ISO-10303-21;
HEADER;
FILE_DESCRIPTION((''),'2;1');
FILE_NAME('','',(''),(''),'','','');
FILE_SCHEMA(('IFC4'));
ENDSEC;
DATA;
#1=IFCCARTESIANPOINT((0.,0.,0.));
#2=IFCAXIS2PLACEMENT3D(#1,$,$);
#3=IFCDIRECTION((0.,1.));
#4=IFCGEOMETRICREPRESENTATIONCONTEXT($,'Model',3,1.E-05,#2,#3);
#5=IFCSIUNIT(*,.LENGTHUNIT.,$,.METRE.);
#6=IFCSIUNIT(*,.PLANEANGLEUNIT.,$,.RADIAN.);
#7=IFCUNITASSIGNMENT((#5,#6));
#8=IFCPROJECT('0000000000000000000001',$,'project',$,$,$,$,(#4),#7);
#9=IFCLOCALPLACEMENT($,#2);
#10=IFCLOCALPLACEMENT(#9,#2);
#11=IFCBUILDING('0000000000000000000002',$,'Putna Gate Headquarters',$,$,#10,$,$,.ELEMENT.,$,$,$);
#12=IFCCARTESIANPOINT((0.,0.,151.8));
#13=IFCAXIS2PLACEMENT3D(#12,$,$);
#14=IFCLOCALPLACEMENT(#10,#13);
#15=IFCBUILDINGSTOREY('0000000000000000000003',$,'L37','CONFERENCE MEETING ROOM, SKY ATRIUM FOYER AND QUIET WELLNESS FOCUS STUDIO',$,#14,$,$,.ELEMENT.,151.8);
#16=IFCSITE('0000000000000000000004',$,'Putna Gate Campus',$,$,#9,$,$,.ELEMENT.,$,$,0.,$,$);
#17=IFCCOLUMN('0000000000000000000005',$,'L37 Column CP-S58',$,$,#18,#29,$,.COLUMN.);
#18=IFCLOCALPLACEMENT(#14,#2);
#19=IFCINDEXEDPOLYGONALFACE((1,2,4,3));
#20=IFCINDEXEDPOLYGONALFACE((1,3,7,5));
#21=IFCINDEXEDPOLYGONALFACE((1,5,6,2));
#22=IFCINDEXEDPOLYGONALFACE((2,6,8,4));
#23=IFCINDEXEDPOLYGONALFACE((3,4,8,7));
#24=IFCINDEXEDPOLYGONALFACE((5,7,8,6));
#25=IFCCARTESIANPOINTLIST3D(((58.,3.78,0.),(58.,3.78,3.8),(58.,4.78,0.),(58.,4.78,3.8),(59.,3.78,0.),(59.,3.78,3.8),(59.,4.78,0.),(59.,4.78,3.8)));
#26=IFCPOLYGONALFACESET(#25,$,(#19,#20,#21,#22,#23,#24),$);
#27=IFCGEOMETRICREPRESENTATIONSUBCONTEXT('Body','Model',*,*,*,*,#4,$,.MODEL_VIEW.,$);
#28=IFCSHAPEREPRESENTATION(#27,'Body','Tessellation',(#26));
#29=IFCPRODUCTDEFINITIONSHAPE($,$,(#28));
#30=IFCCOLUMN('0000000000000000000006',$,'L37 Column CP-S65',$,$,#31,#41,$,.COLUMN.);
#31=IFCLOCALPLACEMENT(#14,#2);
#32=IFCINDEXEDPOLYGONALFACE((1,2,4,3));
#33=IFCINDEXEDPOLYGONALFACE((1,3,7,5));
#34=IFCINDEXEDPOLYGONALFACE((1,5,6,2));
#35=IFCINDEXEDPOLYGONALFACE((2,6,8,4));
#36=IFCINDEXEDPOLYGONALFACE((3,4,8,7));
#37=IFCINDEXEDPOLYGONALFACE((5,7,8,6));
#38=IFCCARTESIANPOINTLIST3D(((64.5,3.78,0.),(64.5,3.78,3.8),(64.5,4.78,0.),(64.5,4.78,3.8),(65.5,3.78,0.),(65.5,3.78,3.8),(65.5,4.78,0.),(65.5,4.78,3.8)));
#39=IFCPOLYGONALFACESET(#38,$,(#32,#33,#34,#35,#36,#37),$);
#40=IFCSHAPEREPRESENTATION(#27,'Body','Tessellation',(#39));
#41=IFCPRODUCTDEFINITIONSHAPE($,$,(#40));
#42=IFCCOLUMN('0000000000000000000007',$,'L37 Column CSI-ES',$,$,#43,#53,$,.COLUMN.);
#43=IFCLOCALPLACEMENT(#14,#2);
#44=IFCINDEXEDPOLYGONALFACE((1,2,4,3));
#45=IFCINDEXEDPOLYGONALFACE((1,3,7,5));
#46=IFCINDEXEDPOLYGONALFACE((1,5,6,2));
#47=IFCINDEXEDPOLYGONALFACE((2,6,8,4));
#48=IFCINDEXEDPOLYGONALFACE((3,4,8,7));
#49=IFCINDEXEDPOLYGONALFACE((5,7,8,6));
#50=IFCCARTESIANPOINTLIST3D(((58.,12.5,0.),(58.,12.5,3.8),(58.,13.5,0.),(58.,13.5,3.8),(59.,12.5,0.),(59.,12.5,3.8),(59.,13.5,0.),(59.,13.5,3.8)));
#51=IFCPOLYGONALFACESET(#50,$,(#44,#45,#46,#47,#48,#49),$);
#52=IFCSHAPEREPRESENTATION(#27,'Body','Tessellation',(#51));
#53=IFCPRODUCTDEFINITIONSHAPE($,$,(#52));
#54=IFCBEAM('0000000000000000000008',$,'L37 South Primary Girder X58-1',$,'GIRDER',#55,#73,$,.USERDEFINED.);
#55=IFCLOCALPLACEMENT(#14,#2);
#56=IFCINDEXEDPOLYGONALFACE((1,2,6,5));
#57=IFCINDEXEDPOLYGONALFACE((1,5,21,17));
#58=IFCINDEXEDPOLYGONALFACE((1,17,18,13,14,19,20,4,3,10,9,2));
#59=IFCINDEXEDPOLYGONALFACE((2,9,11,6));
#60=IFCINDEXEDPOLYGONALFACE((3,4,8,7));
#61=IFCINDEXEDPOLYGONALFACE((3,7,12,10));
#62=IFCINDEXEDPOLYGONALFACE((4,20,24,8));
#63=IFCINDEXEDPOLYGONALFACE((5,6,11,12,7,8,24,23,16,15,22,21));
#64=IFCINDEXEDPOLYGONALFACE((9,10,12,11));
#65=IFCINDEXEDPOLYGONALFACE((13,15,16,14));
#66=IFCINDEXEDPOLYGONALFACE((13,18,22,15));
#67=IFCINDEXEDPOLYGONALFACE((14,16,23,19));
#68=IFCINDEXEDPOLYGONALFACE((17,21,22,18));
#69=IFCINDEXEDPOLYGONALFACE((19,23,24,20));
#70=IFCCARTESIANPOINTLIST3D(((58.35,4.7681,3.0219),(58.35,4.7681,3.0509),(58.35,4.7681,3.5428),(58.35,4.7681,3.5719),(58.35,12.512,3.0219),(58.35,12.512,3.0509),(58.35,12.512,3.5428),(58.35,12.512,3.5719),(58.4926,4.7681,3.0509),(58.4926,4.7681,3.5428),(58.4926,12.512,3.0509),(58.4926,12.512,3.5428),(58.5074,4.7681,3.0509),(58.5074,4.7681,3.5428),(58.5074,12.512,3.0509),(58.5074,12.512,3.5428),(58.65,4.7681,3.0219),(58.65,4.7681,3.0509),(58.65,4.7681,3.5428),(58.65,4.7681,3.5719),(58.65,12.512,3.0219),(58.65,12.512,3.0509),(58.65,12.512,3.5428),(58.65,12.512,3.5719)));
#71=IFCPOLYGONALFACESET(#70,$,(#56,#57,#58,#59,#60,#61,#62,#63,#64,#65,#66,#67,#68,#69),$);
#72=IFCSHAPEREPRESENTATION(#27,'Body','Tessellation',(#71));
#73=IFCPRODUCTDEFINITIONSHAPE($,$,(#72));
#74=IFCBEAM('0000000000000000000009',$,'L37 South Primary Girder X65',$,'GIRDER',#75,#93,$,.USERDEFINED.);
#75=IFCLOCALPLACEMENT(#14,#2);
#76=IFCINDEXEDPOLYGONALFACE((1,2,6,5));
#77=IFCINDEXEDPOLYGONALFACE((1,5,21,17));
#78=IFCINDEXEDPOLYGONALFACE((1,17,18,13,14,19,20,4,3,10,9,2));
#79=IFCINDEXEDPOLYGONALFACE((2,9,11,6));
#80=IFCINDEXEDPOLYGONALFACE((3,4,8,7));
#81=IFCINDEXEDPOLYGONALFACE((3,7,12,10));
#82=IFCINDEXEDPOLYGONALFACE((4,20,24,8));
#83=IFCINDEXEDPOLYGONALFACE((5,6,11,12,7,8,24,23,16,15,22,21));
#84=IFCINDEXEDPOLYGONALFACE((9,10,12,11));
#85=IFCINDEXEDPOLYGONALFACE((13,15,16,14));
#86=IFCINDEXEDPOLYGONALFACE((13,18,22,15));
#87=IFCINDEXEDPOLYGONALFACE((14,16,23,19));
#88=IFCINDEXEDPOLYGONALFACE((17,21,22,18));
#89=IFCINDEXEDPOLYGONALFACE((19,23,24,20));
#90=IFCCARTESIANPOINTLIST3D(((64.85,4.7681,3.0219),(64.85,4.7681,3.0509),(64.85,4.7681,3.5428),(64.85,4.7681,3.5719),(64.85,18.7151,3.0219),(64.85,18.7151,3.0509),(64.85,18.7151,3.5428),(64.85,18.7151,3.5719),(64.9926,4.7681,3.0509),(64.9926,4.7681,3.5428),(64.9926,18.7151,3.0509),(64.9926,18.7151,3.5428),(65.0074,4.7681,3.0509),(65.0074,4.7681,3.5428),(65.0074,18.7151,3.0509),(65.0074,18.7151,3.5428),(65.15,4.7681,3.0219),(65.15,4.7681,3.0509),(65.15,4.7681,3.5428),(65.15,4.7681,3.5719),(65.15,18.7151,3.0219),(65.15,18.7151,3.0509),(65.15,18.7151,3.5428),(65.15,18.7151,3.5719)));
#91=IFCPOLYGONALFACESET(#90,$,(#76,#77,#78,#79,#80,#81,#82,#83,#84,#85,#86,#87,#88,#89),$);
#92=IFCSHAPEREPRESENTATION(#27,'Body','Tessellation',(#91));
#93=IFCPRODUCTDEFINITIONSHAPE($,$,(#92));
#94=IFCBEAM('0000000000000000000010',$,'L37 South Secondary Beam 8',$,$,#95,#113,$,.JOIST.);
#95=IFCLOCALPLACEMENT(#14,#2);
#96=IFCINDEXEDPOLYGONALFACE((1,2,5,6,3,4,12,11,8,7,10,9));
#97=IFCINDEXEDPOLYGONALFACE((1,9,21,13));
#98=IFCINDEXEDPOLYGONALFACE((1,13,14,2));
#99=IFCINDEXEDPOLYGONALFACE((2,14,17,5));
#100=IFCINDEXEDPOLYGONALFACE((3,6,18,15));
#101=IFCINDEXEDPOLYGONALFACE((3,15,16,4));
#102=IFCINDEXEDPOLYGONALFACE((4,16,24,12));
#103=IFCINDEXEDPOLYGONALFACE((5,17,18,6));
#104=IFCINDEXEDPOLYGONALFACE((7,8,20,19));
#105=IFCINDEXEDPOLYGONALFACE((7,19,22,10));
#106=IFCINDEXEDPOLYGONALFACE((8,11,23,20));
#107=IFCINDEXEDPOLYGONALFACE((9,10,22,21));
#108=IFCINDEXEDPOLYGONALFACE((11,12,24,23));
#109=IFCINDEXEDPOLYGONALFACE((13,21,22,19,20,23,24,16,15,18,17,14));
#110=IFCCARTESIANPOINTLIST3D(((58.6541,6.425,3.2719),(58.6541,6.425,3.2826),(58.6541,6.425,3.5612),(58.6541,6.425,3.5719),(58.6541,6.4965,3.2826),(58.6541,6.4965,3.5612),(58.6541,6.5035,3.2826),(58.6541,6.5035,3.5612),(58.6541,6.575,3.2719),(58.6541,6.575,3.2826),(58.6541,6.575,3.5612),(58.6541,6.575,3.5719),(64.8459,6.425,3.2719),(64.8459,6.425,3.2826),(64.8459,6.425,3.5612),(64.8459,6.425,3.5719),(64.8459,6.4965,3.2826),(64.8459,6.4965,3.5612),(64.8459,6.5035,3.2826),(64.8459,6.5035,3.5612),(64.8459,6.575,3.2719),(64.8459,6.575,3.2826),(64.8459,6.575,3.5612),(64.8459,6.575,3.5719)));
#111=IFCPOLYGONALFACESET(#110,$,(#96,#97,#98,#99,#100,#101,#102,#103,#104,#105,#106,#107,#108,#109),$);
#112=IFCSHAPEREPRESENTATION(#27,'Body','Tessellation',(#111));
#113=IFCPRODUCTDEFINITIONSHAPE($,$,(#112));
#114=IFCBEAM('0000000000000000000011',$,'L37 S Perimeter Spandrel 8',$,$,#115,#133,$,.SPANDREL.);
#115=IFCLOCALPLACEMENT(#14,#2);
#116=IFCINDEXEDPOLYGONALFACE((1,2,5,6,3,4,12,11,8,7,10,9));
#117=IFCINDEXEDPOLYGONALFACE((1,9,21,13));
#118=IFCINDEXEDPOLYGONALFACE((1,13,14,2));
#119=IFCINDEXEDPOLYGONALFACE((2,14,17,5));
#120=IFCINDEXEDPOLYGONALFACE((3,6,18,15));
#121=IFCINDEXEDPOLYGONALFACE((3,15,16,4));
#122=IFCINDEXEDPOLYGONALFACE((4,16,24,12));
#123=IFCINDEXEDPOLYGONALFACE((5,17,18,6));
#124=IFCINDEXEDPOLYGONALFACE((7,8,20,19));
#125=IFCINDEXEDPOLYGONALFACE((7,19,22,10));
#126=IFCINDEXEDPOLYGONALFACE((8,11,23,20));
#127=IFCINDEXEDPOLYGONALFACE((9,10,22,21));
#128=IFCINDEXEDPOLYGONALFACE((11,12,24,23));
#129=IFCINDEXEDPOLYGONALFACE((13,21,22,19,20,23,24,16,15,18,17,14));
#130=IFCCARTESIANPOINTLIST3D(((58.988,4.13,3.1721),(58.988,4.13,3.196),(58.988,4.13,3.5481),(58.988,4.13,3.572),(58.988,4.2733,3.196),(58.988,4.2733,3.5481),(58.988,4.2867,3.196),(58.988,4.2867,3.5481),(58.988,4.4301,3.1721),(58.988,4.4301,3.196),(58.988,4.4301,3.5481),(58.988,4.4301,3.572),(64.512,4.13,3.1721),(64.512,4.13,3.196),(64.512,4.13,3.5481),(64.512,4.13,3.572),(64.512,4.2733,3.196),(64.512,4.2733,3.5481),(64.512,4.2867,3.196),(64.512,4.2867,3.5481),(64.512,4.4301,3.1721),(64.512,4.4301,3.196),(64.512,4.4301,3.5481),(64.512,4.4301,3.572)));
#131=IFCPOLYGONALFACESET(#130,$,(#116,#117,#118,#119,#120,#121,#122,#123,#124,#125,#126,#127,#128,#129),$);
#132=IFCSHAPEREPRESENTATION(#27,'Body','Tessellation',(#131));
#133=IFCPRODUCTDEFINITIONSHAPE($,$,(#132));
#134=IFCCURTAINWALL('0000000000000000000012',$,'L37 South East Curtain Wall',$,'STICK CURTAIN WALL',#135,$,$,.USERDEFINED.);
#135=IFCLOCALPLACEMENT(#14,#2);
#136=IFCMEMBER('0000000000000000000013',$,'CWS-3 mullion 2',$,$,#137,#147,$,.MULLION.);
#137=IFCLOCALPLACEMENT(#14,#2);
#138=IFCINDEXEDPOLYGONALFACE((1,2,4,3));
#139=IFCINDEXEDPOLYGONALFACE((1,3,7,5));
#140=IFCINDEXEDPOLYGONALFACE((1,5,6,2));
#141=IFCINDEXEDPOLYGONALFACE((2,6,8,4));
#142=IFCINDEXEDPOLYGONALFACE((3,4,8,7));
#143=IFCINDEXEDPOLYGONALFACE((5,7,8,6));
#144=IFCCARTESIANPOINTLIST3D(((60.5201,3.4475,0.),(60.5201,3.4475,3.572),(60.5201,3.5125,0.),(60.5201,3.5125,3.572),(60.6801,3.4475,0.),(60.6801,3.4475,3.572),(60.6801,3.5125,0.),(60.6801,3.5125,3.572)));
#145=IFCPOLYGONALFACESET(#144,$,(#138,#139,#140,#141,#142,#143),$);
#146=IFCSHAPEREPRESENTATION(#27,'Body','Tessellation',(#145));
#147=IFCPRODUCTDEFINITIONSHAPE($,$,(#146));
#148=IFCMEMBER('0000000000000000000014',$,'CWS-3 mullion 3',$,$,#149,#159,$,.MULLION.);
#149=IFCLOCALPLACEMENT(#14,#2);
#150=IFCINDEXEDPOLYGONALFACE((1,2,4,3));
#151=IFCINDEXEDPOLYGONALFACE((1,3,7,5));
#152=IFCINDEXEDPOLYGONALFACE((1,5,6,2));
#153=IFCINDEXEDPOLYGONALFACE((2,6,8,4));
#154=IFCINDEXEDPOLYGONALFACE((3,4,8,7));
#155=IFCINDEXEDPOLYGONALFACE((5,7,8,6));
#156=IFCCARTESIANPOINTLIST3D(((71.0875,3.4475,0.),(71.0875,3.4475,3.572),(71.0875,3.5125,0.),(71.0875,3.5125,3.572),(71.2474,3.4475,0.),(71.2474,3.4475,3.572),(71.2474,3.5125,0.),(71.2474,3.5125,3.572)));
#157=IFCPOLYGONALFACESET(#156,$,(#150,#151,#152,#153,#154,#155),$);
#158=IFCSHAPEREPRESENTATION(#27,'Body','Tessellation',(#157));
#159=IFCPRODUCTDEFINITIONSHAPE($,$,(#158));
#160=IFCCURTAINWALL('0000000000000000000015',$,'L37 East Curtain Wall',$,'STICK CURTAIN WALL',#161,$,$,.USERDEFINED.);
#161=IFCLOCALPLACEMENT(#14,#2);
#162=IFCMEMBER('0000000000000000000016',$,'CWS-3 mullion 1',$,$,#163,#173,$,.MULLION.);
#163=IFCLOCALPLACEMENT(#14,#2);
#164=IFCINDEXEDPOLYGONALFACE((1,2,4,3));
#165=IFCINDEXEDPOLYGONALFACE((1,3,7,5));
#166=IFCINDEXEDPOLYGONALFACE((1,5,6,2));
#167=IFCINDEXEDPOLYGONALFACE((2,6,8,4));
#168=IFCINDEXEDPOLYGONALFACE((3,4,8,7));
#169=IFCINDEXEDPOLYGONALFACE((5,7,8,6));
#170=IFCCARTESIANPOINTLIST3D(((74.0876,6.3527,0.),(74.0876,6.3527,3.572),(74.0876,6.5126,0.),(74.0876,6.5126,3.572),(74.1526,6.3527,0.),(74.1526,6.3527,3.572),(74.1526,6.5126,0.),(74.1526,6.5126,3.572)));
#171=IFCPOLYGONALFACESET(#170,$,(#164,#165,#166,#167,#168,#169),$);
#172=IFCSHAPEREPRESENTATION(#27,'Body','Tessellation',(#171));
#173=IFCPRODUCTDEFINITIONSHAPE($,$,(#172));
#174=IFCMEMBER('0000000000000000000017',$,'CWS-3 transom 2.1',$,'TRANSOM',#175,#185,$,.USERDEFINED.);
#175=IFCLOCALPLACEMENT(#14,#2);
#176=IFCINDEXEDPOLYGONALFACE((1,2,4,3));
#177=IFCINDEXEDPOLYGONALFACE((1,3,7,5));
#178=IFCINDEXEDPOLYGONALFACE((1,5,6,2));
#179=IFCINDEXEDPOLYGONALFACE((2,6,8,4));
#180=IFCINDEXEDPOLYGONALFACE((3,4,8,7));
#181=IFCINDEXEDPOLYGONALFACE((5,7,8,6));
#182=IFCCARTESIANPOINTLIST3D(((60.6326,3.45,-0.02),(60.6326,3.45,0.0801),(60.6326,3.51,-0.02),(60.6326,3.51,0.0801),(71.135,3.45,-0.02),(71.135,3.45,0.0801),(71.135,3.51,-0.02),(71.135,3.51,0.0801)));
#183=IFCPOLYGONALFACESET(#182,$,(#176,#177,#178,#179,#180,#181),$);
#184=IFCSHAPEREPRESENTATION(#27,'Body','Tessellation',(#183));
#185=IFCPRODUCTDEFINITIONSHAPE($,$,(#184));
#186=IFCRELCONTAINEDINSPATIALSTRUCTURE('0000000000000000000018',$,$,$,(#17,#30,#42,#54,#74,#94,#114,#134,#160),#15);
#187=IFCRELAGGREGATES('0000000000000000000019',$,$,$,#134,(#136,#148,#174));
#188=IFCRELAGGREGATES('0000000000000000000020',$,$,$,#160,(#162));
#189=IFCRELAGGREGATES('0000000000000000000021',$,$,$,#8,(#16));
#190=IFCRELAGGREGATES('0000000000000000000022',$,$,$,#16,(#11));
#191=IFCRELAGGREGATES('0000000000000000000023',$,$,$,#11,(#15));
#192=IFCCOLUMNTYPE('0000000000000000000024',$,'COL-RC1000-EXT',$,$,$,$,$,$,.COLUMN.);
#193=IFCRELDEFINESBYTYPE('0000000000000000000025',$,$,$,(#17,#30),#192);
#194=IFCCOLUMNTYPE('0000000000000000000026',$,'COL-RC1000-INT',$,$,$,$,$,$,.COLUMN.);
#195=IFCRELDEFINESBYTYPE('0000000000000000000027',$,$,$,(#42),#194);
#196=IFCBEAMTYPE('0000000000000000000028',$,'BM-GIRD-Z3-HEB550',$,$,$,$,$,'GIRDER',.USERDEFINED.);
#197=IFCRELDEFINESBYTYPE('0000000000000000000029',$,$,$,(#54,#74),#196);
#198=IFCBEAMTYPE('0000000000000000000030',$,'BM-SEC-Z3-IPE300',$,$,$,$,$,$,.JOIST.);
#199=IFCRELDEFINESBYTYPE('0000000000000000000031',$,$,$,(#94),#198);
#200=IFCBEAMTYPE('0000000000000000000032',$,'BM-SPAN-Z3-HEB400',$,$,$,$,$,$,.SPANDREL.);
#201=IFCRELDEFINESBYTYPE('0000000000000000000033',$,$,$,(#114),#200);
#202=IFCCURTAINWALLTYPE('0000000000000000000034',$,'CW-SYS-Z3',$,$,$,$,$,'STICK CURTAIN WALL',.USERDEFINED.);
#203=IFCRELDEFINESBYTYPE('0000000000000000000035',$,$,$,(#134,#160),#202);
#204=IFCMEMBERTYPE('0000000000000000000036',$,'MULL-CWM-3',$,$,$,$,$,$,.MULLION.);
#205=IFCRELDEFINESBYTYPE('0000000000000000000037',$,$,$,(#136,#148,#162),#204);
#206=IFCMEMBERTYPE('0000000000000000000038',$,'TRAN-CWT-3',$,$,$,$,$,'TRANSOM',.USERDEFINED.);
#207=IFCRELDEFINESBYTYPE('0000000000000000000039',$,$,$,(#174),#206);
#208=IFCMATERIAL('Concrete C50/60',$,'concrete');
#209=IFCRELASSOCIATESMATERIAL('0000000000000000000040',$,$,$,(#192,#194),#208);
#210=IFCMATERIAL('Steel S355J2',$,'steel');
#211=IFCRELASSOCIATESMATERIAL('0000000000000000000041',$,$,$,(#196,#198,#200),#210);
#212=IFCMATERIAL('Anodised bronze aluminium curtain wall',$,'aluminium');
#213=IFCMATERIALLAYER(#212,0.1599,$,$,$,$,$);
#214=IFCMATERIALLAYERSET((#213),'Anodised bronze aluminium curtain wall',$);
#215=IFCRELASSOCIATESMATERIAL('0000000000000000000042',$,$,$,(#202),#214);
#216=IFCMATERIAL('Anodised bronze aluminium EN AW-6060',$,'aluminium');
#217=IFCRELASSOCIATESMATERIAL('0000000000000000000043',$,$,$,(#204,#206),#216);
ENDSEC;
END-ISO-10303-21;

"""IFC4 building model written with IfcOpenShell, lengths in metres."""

from ifc_helpers import new_model, si_unit, direction, frame, origin, origin_2d, place, context, subcontext, project, spatial, rectangle, i_section, extrude, material, layer, layer_set, material_profile, profile_set, type_object, element, aggregate, save


model = new_model("IFC4")

# Units and contexts
model_context = context("Model", 3, precision=1e-05, world=origin(), true_north=direction((0.0, 1.0)))
body_context = subcontext(model_context, "Body", "Model", "MODEL_VIEW")
ifc_project = project(units=[si_unit("LENGTHUNIT", "METRE"), si_unit("PLANEANGLEUNIT", "RADIAN")], contexts=[model_context])

# Site, building, storey
site_placement = place(None, origin())
site = spatial("IfcSite", under=ifc_project, at=site_placement, Name="Putna Gate Campus", CompositionType="ELEMENT", RefElevation=0.0)
building_placement = place(site_placement, origin())
building = spatial("IfcBuilding", under=site, at=building_placement, Name="Putna Gate Headquarters", CompositionType="ELEMENT")
storey_placement = place(building_placement, frame((0.0, 0.0, 151.8)))
storey = spatial("IfcBuildingStorey", under=building, at=storey_placement, Name="L37", Description="CONFERENCE MEETING ROOM, SKY ATRIUM FOYER AND QUIET WELLNESS FOCUS STUDIO", CompositionType="ELEMENT", Elevation=151.8)

# Columns
ifc_material_1 = material(Name="Concrete C50/60", Category="concrete")
ifc_material_profile_1 = material_profile(ifc_material_1, rectangle(XDim=1.0, YDim=1.0, at=origin_2d()), Name="Concrete C50/60")
ifc_profile_set_1 = profile_set([ifc_material_profile_1], Name="Concrete C50/60")
column_type_1 = type_object("IfcColumnType", Name="COL-RC1000-EXT", PredefinedType="COLUMN", material=ifc_profile_set_1)
for number, where, z_axis, x_axis, name in (
    (1, (58.5, 4.28, 0.0), (0.0, 0.0, 1.0), (1.0, 0.0, 0.0), "L37 Column CP-S58"),
    (2, (65.0, 4.28, 0.0), (0.0, 0.0, 1.0), (1.0, 0.0, 0.0), "L37 Column CP-S65"),
):
    element("IfcColumn", number, at=place(storey_placement, frame(where, z_axis=z_axis, x_axis=x_axis)), inside=storey, type_object=column_type_1, Name=name, PredefinedType="COLUMN", context=body_context, shape_type="SweptSolid", body=[
        extrude(rectangle(XDim=1.0, YDim=1.0, at=origin_2d()), origin(), (0.0, 0.0, 1.0), 3.8),
    ])
ifc_material_profile_2 = material_profile(ifc_material_1, rectangle(XDim=1.0, YDim=1.0, at=origin_2d()), Name="Concrete C50/60")
ifc_profile_set_2 = profile_set([ifc_material_profile_2], Name="Concrete C50/60")
column_type_2 = type_object("IfcColumnType", Name="COL-RC1000-INT", PredefinedType="COLUMN", material=ifc_profile_set_2)
column_placement = place(storey_placement, frame((58.5, 13.0, 0.0), z_axis=(0.0, 0.0, 1.0), x_axis=(1.0, 0.0, 0.0)))
element("IfcColumn", 3, at=column_placement, inside=storey, type_object=column_type_2, Name="L37 Column CSI-ES", PredefinedType="COLUMN", context=body_context, shape_type="SweptSolid", body=[
    extrude(rectangle(XDim=1.0, YDim=1.0, at=origin_2d()), origin(), (0.0, 0.0, 1.0), 3.8),
])

# Beams
ifc_material_2 = material(Name="Steel S355J2", Category="steel")
ifc_material_profile_3 = material_profile(ifc_material_2, i_section(OverallWidth=0.3, OverallDepth=0.55, WebThickness=0.0149, FlangeThickness=0.0291, at=origin_2d()), Name="Steel S355J2")
ifc_profile_set_3 = profile_set([ifc_material_profile_3], Name="Steel S355J2")
beam_type_1 = type_object("IfcBeamType", Name="BM-GIRD-Z3-HEB550", ElementType="GIRDER", PredefinedType="USERDEFINED", material=ifc_profile_set_3)
beam_1_placement = place(storey_placement, frame((58.5, 4.7681, 3.2969), z_axis=(0.0, 1.0, 0.0), x_axis=(-1.0, 0.0, 0.0)))
element("IfcBeam", 4, at=beam_1_placement, inside=storey, type_object=beam_type_1, Name="L37 South Primary Girder X58-1", ObjectType="GIRDER", PredefinedType="USERDEFINED", context=body_context, shape_type="SweptSolid", body=[
    extrude(i_section(OverallWidth=0.3, OverallDepth=0.55, WebThickness=0.0149, FlangeThickness=0.0291, at=origin_2d()), origin(), (0.0, 0.0, 1.0), 7.7439),
])
beam_2_placement = place(storey_placement, frame((65.0, 4.7681, 3.2969), z_axis=(0.0, 1.0, 0.0), x_axis=(-1.0, 0.0, 0.0)))
element("IfcBeam", 5, at=beam_2_placement, inside=storey, type_object=beam_type_1, Name="L37 South Primary Girder X65", ObjectType="GIRDER", PredefinedType="USERDEFINED", context=body_context, shape_type="SweptSolid", body=[
    extrude(i_section(OverallWidth=0.3, OverallDepth=0.55, WebThickness=0.0149, FlangeThickness=0.0291, at=origin_2d()), origin(), (0.0, 0.0, 1.0), 13.947),
])
ifc_material_profile_4 = material_profile(ifc_material_2, i_section(OverallWidth=0.1499, OverallDepth=0.3, WebThickness=0.0071, FlangeThickness=0.0107, at=origin_2d()), Name="Steel S355J2")
ifc_profile_set_4 = profile_set([ifc_material_profile_4], Name="Steel S355J2")
beam_type_2 = type_object("IfcBeamType", Name="BM-SEC-Z3-IPE300", PredefinedType="JOIST", material=ifc_profile_set_4)
beam_3_placement = place(storey_placement, frame((58.6541, 6.5, 3.4219), z_axis=(1.0, 0.0, 0.0), x_axis=(0.0, 1.0, 0.0)))
element("IfcBeam", 6, at=beam_3_placement, inside=storey, type_object=beam_type_2, Name="L37 South Secondary Beam 8", PredefinedType="JOIST", context=body_context, shape_type="SweptSolid", body=[
    extrude(i_section(OverallWidth=0.1499, OverallDepth=0.3, WebThickness=0.0071, FlangeThickness=0.0107, at=origin_2d()), origin(), (0.0, 0.0, 1.0), 6.1919),
])
ifc_material_profile_5 = material_profile(ifc_material_2, i_section(OverallWidth=0.3, OverallDepth=0.3999, WebThickness=0.0134, FlangeThickness=0.0239, at=origin_2d()), Name="Steel S355J2")
ifc_profile_set_5 = profile_set([ifc_material_profile_5], Name="Steel S355J2")
beam_type_3 = type_object("IfcBeamType", Name="BM-SPAN-Z3-HEB400", PredefinedType="SPANDREL", material=ifc_profile_set_5)
beam_4_placement = place(storey_placement, frame((58.988, 4.28, 3.3721), z_axis=(1.0, 0.0, 0.0), x_axis=(0.0, 1.0, 0.0)))
element("IfcBeam", 7, at=beam_4_placement, inside=storey, type_object=beam_type_3, Name="L37 S Perimeter Spandrel 8", PredefinedType="SPANDREL", context=body_context, shape_type="SweptSolid", body=[
    extrude(i_section(OverallWidth=0.3, OverallDepth=0.3999, WebThickness=0.0134, FlangeThickness=0.0239, at=origin_2d()), origin(), (0.0, 0.0, 1.0), 5.5239),
])

# Curtain wall, members
ifc_material_3 = material(Name="Anodised bronze aluminium curtain wall", Category="aluminium")
ifc_layer_1 = layer(ifc_material_3, 0.1599)
ifc_layer_set_1 = layer_set([ifc_layer_1], Name="Anodised bronze aluminium curtain wall")
curtain_wall_type = type_object("IfcCurtainWallType", Name="CW-SYS-Z3", ElementType="STICK CURTAIN WALL", PredefinedType="USERDEFINED", material=ifc_layer_set_1)
curtain_wall_1_placement = place(storey_placement, origin())
curtain_wall_1 = element("IfcCurtainWall", 8, at=curtain_wall_1_placement, inside=storey, type_object=curtain_wall_type, Name="L37 South East Curtain Wall", ObjectType="STICK CURTAIN WALL", PredefinedType="USERDEFINED")
ifc_material_4 = material(Name="Anodised bronze aluminium EN AW-6060", Category="aluminium")
ifc_material_profile_6 = material_profile(ifc_material_4, rectangle(XDim=0.0649, YDim=0.1599, at=origin_2d()), Name="Anodised bronze aluminium EN AW-6060")
ifc_profile_set_6 = profile_set([ifc_material_profile_6], Name="Anodised bronze aluminium EN AW-6060")
member_type_1 = type_object("IfcMemberType", Name="MULL-CWM-3", PredefinedType="MULLION", material=ifc_profile_set_6)
member_1_placement = place(storey_placement, frame((60.6001, 3.48, 0.0), z_axis=(0.0, 0.0, 1.0), x_axis=(0.0, 1.0, 0.0)))
member_1 = element("IfcMember", 9, at=member_1_placement, type_object=member_type_1, Name="CWS-3 mullion 2", PredefinedType="MULLION", context=body_context, shape_type="SweptSolid", body=[
    extrude(rectangle(XDim=0.0649, YDim=0.1599, at=origin_2d()), origin(), (0.0, 0.0, 1.0), 3.572),
])
member_2_placement = place(storey_placement, frame((71.1675, 3.48, 0.0), z_axis=(0.0, 0.0, 1.0), x_axis=(0.0, 1.0, 0.0)))
member_2 = element("IfcMember", 10, at=member_2_placement, type_object=member_type_1, Name="CWS-3 mullion 3", PredefinedType="MULLION", context=body_context, shape_type="SweptSolid", body=[
    extrude(rectangle(XDim=0.0649, YDim=0.1599, at=origin_2d()), origin(), (0.0, 0.0, 1.0), 3.572),
])

# Curtain wall, member
curtain_wall_2_placement = place(storey_placement, origin())
curtain_wall_2 = element("IfcCurtainWall", 11, at=curtain_wall_2_placement, inside=storey, type_object=curtain_wall_type, Name="L37 East Curtain Wall", ObjectType="STICK CURTAIN WALL", PredefinedType="USERDEFINED")
member_3_placement = place(storey_placement, frame((74.1201, 6.4326, 0.0), z_axis=(0.0, 0.0, 1.0), x_axis=(-1.0, 0.0, 0.0)))
member_3 = element("IfcMember", 12, at=member_3_placement, type_object=member_type_1, Name="CWS-3 mullion 1", PredefinedType="MULLION", context=body_context, shape_type="SweptSolid", body=[
    extrude(rectangle(XDim=0.0649, YDim=0.1599, at=origin_2d()), origin(), (0.0, 0.0, 1.0), 3.572),
])

# Member
ifc_material_profile_7 = material_profile(ifc_material_4, rectangle(XDim=0.0601, YDim=0.1001, at=origin_2d()), Name="Anodised bronze aluminium EN AW-6060")
ifc_profile_set_7 = profile_set([ifc_material_profile_7], Name="Anodised bronze aluminium EN AW-6060")
member_type_2 = type_object("IfcMemberType", Name="TRAN-CWT-3", ElementType="TRANSOM", PredefinedType="USERDEFINED", material=ifc_profile_set_7)
member_4_placement = place(storey_placement, frame((60.6326, 3.48, 0.03), z_axis=(1.0, 0.0, 0.0), x_axis=(0.0, 1.0, 0.0)))
member_4 = element("IfcMember", 13, at=member_4_placement, type_object=member_type_2, Name="CWS-3 transom 2.1", ObjectType="TRANSOM", PredefinedType="USERDEFINED", context=body_context, shape_type="SweptSolid", body=[
    extrude(rectangle(XDim=0.0601, YDim=0.1001, at=origin_2d()), origin(), (0.0, 0.0, 1.0), 10.5024),
])

aggregate(curtain_wall_1, [member_1, member_2, member_4])
aggregate(curtain_wall_2, [member_3])

save(model, "model.ifc")
